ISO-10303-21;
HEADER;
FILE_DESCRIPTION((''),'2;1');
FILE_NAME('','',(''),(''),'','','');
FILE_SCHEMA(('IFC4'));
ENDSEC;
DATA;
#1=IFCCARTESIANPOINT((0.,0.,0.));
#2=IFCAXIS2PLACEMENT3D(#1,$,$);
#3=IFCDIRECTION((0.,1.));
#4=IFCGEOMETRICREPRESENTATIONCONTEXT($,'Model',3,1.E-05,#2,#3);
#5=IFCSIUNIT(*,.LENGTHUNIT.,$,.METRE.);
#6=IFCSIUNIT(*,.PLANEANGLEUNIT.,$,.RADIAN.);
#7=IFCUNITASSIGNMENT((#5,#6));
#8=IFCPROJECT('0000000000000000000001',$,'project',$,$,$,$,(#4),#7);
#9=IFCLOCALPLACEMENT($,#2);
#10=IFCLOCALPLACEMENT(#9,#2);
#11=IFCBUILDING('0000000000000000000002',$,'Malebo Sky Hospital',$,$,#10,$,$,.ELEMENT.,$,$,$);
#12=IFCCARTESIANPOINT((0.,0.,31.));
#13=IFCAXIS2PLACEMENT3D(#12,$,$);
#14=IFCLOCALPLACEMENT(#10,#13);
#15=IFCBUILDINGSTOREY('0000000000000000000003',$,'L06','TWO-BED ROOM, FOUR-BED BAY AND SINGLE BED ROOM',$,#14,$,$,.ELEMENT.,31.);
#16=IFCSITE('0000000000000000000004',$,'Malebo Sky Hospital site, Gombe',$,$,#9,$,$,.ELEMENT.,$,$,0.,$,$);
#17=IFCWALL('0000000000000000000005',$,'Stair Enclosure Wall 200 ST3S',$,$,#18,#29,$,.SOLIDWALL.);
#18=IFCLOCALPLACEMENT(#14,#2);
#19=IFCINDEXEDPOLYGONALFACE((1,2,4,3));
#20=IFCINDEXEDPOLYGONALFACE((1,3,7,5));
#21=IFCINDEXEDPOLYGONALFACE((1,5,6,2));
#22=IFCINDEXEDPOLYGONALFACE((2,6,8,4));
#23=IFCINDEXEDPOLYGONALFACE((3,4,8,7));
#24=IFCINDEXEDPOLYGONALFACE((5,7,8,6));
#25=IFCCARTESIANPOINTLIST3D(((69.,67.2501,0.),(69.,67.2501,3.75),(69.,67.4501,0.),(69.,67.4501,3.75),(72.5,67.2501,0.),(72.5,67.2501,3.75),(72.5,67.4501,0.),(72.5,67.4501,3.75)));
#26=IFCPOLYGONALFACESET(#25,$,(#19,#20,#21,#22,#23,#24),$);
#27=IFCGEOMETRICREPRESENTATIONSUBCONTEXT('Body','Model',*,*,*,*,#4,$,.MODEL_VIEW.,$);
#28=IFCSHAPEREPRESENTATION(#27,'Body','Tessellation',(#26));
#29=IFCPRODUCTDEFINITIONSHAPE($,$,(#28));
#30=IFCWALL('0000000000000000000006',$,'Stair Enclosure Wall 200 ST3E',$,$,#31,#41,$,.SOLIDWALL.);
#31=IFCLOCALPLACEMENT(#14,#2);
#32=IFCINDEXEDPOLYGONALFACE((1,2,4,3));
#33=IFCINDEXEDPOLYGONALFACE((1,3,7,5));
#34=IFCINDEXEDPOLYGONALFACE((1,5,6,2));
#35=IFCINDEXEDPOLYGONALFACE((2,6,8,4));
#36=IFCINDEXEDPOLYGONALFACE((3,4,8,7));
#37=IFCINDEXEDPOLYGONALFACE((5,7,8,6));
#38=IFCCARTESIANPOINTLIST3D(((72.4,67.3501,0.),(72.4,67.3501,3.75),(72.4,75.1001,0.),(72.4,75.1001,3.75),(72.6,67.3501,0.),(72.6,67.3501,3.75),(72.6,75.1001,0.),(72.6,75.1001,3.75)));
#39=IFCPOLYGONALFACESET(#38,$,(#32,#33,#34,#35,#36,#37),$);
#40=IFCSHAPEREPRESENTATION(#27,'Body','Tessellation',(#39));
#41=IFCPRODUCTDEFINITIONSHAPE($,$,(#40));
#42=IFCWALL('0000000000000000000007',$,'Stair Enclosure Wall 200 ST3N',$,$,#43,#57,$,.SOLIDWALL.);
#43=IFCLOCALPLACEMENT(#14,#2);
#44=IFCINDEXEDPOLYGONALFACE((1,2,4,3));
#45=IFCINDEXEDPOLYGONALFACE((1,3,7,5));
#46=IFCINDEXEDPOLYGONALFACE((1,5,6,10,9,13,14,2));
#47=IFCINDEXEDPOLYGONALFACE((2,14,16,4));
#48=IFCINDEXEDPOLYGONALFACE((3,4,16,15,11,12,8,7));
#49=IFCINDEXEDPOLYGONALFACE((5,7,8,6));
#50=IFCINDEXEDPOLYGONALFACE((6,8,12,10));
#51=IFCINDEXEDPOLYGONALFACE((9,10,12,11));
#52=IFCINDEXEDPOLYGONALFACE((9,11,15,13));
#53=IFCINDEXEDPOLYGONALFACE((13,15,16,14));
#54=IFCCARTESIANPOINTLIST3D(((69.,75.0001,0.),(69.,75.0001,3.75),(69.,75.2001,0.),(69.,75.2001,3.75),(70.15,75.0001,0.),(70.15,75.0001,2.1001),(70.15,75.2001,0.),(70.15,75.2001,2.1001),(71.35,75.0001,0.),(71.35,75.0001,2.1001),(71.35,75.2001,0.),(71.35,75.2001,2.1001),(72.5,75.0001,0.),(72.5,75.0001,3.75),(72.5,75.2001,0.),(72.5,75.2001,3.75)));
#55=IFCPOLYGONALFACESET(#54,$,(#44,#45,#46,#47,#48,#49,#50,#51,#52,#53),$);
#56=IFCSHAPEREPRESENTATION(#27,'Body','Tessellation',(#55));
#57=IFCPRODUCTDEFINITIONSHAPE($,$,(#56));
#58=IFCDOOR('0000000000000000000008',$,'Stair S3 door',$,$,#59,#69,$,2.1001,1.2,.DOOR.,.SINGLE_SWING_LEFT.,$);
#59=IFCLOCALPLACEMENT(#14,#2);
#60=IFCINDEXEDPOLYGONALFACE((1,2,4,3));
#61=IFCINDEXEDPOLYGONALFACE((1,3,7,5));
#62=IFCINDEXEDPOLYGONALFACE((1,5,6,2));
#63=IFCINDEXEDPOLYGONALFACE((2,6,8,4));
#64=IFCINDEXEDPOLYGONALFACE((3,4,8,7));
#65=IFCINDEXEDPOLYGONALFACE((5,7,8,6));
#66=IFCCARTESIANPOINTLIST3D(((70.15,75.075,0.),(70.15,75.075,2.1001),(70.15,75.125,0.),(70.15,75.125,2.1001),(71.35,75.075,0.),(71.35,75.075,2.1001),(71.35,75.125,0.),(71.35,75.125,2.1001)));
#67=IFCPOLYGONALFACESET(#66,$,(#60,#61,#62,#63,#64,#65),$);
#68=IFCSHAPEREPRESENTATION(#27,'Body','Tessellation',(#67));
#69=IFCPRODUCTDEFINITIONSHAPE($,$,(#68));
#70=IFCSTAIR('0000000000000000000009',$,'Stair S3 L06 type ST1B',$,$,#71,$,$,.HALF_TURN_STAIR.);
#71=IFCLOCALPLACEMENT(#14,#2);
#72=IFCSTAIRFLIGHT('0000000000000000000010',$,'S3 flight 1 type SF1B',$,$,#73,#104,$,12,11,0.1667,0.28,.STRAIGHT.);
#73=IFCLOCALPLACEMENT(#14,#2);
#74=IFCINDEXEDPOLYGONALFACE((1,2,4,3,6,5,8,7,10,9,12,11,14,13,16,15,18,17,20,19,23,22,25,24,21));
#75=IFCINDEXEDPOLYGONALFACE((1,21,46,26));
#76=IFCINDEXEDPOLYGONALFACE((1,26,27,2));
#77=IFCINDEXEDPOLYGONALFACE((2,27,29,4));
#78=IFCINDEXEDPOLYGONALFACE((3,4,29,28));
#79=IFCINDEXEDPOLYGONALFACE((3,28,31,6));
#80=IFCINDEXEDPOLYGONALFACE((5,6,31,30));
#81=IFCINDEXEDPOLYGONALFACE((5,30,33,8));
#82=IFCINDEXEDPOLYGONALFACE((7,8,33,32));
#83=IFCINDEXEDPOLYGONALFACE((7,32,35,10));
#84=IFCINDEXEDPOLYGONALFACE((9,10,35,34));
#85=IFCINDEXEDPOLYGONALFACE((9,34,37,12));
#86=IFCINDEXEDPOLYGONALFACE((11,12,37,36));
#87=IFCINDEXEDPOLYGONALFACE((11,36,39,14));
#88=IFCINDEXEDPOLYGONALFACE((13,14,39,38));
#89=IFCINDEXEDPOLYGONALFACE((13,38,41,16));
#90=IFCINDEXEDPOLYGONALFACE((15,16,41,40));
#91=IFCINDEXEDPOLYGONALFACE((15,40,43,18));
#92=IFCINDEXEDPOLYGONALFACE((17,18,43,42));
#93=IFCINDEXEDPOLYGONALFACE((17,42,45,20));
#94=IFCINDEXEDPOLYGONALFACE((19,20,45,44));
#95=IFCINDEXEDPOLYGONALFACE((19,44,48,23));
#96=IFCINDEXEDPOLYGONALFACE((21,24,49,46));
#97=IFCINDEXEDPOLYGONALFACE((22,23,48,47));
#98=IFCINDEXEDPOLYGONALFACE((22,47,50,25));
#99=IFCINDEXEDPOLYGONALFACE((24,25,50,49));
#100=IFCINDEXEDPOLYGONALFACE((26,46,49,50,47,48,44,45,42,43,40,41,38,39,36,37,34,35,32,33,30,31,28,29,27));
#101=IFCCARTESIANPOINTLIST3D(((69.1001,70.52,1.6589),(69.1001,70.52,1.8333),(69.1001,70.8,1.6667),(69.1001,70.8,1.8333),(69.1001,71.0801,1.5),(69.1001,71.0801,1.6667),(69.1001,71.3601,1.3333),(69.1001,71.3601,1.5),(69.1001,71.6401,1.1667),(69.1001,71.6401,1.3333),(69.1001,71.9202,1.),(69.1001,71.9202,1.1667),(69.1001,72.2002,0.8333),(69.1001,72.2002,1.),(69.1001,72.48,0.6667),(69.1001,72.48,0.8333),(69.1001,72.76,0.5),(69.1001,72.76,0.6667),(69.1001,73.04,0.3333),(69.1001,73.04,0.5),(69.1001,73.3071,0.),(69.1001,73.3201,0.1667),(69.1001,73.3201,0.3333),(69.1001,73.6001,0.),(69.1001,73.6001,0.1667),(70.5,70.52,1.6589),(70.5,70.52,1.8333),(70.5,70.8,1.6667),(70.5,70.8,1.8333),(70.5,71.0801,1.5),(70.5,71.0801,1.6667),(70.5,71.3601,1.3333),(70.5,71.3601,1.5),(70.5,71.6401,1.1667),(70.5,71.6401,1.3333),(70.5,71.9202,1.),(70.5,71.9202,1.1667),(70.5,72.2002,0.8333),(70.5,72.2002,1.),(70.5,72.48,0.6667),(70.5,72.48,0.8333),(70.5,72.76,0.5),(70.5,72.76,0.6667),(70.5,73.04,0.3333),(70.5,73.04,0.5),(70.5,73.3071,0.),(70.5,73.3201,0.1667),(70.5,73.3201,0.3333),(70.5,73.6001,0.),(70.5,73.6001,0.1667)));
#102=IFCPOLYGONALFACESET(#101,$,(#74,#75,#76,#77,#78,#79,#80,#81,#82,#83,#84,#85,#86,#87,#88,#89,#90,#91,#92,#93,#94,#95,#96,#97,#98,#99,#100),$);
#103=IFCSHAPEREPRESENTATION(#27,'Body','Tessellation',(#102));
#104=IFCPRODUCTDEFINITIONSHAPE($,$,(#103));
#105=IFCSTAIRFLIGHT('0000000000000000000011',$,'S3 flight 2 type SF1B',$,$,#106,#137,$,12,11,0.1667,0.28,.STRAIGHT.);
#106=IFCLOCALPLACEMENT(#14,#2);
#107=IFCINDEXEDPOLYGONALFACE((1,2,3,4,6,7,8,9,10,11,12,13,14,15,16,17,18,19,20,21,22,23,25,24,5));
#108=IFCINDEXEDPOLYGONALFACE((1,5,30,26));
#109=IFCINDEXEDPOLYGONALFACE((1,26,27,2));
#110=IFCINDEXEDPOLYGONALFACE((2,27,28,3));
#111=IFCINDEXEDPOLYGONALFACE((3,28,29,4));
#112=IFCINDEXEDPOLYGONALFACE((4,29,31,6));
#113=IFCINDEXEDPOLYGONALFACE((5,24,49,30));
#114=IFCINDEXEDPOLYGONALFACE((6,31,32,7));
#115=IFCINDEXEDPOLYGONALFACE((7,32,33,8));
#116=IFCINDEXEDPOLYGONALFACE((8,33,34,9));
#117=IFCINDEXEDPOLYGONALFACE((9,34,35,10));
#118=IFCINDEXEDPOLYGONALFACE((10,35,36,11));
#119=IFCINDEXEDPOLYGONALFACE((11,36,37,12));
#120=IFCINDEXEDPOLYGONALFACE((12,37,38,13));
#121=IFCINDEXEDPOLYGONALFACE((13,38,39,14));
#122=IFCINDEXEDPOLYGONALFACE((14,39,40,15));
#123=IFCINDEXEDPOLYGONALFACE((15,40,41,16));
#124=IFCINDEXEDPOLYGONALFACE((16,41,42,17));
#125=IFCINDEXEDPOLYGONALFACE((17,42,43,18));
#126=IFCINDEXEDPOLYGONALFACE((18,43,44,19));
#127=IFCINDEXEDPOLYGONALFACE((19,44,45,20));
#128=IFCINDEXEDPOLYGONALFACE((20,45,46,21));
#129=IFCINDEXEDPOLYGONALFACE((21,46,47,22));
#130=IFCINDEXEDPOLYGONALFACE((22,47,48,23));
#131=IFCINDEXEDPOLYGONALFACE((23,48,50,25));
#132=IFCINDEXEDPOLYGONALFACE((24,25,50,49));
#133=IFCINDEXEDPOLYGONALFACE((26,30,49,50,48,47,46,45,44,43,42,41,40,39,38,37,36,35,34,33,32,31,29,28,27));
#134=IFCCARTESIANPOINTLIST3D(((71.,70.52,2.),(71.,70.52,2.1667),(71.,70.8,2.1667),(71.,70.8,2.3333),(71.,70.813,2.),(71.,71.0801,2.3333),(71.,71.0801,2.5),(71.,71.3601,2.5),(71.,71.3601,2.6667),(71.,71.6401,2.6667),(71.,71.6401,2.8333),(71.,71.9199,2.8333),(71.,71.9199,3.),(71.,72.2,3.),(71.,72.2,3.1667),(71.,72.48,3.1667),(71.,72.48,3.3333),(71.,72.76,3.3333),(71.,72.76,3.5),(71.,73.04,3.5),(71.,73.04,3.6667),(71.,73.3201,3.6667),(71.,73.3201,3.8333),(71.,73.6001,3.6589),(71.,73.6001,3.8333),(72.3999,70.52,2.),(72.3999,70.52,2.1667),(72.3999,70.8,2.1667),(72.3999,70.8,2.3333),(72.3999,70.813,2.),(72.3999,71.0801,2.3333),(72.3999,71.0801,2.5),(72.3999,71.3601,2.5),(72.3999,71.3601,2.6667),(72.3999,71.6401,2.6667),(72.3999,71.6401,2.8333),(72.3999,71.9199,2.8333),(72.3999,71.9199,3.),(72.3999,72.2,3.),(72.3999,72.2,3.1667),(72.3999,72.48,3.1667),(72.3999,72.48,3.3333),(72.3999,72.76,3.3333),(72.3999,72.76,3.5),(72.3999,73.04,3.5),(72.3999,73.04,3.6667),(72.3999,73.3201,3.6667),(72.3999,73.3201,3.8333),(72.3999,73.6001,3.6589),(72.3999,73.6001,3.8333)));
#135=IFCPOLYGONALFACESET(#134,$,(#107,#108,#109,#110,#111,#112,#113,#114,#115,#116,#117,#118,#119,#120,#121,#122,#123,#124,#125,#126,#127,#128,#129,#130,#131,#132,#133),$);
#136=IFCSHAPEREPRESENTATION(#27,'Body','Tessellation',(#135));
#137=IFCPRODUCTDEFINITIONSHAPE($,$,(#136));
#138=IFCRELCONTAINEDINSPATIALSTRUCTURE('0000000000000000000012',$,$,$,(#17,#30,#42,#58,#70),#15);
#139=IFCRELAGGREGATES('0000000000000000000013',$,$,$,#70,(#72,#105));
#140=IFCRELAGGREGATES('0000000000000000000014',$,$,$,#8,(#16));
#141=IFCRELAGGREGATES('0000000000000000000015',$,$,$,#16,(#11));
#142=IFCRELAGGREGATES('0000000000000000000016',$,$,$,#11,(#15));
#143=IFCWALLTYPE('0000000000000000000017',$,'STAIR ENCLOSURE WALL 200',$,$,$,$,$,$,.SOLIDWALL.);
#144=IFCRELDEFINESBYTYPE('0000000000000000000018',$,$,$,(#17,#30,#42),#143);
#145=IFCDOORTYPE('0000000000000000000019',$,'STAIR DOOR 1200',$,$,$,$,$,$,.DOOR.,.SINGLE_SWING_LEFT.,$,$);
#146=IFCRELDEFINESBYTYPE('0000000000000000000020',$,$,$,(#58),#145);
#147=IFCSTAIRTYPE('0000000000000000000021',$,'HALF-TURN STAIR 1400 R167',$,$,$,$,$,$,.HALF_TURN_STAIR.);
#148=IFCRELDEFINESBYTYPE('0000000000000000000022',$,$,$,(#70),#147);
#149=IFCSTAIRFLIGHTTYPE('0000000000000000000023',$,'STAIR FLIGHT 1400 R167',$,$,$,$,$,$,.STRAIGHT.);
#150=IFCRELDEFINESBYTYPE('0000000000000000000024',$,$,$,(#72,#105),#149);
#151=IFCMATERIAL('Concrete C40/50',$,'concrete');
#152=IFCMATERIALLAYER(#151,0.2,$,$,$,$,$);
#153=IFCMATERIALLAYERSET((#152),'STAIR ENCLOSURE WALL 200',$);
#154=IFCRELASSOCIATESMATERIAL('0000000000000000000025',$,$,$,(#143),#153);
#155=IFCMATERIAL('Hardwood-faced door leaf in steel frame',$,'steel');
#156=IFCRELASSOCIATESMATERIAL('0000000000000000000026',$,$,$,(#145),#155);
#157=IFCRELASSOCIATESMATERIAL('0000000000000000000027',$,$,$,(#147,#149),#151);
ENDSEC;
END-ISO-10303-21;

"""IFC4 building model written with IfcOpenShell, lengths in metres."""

from ifc_helpers import new_model, si_unit, direction, frame, frame_2d, origin, place, context, subcontext, project, spatial, polyline, rectangle, outline, extrude, material, layer, layer_set, type_object, element, fill, aggregate, save


model = new_model("IFC4")

# Units and contexts
model_context = context("Model", 3, precision=1e-05, world=origin(), true_north=direction((0.0, 1.0)))
body_context = subcontext(model_context, "Body", "Model", "MODEL_VIEW")
ifc_project = project(units=[si_unit("LENGTHUNIT", "METRE"), si_unit("PLANEANGLEUNIT", "RADIAN")], contexts=[model_context])

# Site, building, storey
site_placement = place(None, origin())
site = spatial("IfcSite", under=ifc_project, at=site_placement, Name="Malebo Sky Hospital site, Gombe", CompositionType="ELEMENT", RefElevation=0.0)
building_placement = place(site_placement, origin())
building = spatial("IfcBuilding", under=site, at=building_placement, Name="Malebo Sky Hospital", CompositionType="ELEMENT")
storey_placement = place(building_placement, frame((0.0, 0.0, 31.0)))
storey = spatial("IfcBuildingStorey", under=building, at=storey_placement, Name="L06", Description="TWO-BED ROOM, FOUR-BED BAY AND SINGLE BED ROOM", CompositionType="ELEMENT", Elevation=31.0)

# Shared definitions
ifc_material_1 = material(Name="Hardwood-faced door leaf in steel frame", Category="steel")

# Walls
ifc_material_2 = material(Name="Concrete C40/50", Category="concrete")
ifc_layer_1 = layer(ifc_material_2, 0.2)
ifc_layer_set_1 = layer_set([ifc_layer_1], Name="STAIR ENCLOSURE WALL 200")
wall_type_1 = type_object("IfcWallType", Name="STAIR ENCLOSURE WALL 200", PredefinedType="SOLIDWALL", material=ifc_layer_set_1)
wall_1_placement = place(storey_placement, frame((69.0, 67.3501, 0.0), z_axis=(0.0, 0.0, 1.0), x_axis=(1.0, 0.0, 0.0)))
element("IfcWall", 1, at=wall_1_placement, inside=storey, type_object=wall_type_1, Name="Stair Enclosure Wall 200 ST3S", PredefinedType="SOLIDWALL", context=body_context, shape_type="SweptSolid", body=[
    extrude(rectangle(XDim=3.5, YDim=0.2, at=frame_2d((1.75, 0.0))), origin(), (0.0, 0.0, 1.0), 3.75),
])
wall_2_placement = place(storey_placement, frame((72.5, 67.3501, 0.0), z_axis=(0.0, 0.0, 1.0), x_axis=(0.0, 1.0, 0.0)))
element("IfcWall", 2, at=wall_2_placement, inside=storey, type_object=wall_type_1, Name="Stair Enclosure Wall 200 ST3E", PredefinedType="SOLIDWALL", context=body_context, shape_type="SweptSolid", body=[
    extrude(rectangle(XDim=7.75, YDim=0.2, at=frame_2d((3.875, 0.0))), origin(), (0.0, 0.0, 1.0), 3.75),
])

# Wall, opening, door
wall_3_placement = place(storey_placement, frame((69.0, 75.1001, 0.0), z_axis=(0.0, 0.0, 1.0), x_axis=(1.0, 0.0, 0.0)))
wall_3 = element("IfcWall", 3, at=wall_3_placement, inside=storey, type_object=wall_type_1, Name="Stair Enclosure Wall 200 ST3N", PredefinedType="SOLIDWALL", context=body_context, shape_type="SweptSolid", body=[
    extrude(rectangle(XDim=3.5, YDim=0.2, at=frame_2d((1.75, 0.0))), origin(), (0.0, 0.0, 1.0), 3.75),
])
opening_1_placement = place(wall_3_placement, frame((1.1499, 0.0, 0.0)))
opening_1 = element("IfcOpeningElement", 4, at=opening_1_placement, cuts=wall_3, PredefinedType="OPENING", context=body_context, shape_type="SweptSolid", body=[
    extrude(rectangle(XDim=1.2, YDim=2.1001, at=frame_2d((0.6001, 1.05))), frame((0.0, 0.1099, 0.0), z_axis=(0.0, -1.0, 0.0), x_axis=(1.0, 0.0, 0.0)), (0.0, 0.0, 1.0), 0.22),
])
door_type_1 = type_object("IfcDoorType", Name="STAIR DOOR 1200", OperationType="SINGLE_SWING_LEFT", PredefinedType="DOOR", material=ifc_material_1)
door_1_placement = place(opening_1_placement, origin())
door_1 = element("IfcDoor", 5, at=door_1_placement, inside=storey, type_object=door_type_1, Name="Stair S3 door", OperationType="SINGLE_SWING_LEFT", OverallHeight=2.1001, OverallWidth=1.2, PredefinedType="DOOR", context=body_context, shape_type="SweptSolid", body=[
    extrude(rectangle(XDim=1.2, YDim=2.1001, at=frame_2d((0.6001, 1.05))), frame((0.0, 0.0249, 0.0), z_axis=(0.0, -1.0, 0.0), x_axis=(1.0, 0.0, 0.0)), (0.0, 0.0, 1.0), 0.05),
])
fill(opening_1, door_1)

# Stair, stair flights
stair_type = type_object("IfcStairType", Name="HALF-TURN STAIR 1400 R167", PredefinedType="HALF_TURN_STAIR", material=ifc_material_2)
stair_placement = place(storey_placement, origin())
stair = element("IfcStair", 6, at=stair_placement, inside=storey, type_object=stair_type, Name="Stair S3 L06 type ST1B", PredefinedType="HALF_TURN_STAIR")
stair_flight_type = type_object("IfcStairFlightType", Name="STAIR FLIGHT 1400 R167", PredefinedType="STRAIGHT", material=ifc_material_2)
stair_flight_1_placement = place(storey_placement, frame((69.8, 73.6001, 0.0), z_axis=(0.0, 0.0, 1.0), x_axis=(0.0, -1.0, 0.0)))
stair_flight_1 = element("IfcStairFlight", 7, at=stair_flight_1_placement, type_object=stair_flight_type, Name="S3 flight 1 type SF1B", NumberOfRisers=12, NumberOfTreads=11, PredefinedType="STRAIGHT", RiserHeight=0.1667, TreadLength=0.28, context=body_context, shape_type="SweptSolid", body=[
    extrude(outline(polyline([(0.0, 0.0), (0.0, 0.1667), (0.28, 0.1667), (0.28, 0.3333), (0.5601, 0.3333), (0.5601, 0.5), (0.8401, 0.5), (0.8401, 0.6667), (1.1201, 0.6667), (1.1201, 0.8333), (1.3999, 0.8333), (1.3999, 1.0), (1.6799, 1.0), (1.6799, 1.1667), (1.96, 1.1667), (1.96, 1.3333), (2.24, 1.3333), (2.24, 1.5), (2.52, 1.5), (2.52, 1.6667), (2.8, 1.6667), (2.8, 1.8333), (3.0801, 1.8333), (3.0801, 2.0), (3.0801, 1.6589), (0.293, 0.0), (0.0, 0.0)])), frame((0.0, 0.7, 0.0), z_axis=(0.0, -1.0, 0.0), x_axis=(1.0, 0.0, 0.0)), (0.0, 0.0, 1.0), 1.3999),
])
stair_flight_2_placement = place(storey_placement, frame((71.7, 70.52, 2.0), z_axis=(0.0, 0.0, 1.0), x_axis=(0.0, 1.0, 0.0)))
stair_flight_2 = element("IfcStairFlight", 8, at=stair_flight_2_placement, type_object=stair_flight_type, Name="S3 flight 2 type SF1B", NumberOfRisers=12, NumberOfTreads=11, PredefinedType="STRAIGHT", RiserHeight=0.1667, TreadLength=0.28, context=body_context, shape_type="SweptSolid", body=[
    extrude(outline(polyline([(0.0, 0.0), (0.0, 0.1667), (0.28, 0.1667), (0.28, 0.3333), (0.5601, 0.3333), (0.5601, 0.5), (0.8401, 0.5), (0.8401, 0.6667), (1.1201, 0.6667), (1.1201, 0.8333), (1.3999, 0.8333), (1.3999, 1.0), (1.6799, 1.0), (1.6799, 1.1667), (1.96, 1.1667), (1.96, 1.3333), (2.24, 1.3333), (2.24, 1.5), (2.52, 1.5), (2.52, 1.6667), (2.8, 1.6667), (2.8, 1.8333), (3.0801, 1.8333), (3.0801, 2.0), (3.0801, 1.6589), (0.293, 0.0), (0.0, 0.0)])), frame((0.0, 0.7, 0.0), z_axis=(0.0, -1.0, 0.0), x_axis=(1.0, 0.0, 0.0)), (0.0, 0.0, 1.0), 1.3999),
])
aggregate(stair, [stair_flight_1, stair_flight_2])

save(model, "model.ifc")
